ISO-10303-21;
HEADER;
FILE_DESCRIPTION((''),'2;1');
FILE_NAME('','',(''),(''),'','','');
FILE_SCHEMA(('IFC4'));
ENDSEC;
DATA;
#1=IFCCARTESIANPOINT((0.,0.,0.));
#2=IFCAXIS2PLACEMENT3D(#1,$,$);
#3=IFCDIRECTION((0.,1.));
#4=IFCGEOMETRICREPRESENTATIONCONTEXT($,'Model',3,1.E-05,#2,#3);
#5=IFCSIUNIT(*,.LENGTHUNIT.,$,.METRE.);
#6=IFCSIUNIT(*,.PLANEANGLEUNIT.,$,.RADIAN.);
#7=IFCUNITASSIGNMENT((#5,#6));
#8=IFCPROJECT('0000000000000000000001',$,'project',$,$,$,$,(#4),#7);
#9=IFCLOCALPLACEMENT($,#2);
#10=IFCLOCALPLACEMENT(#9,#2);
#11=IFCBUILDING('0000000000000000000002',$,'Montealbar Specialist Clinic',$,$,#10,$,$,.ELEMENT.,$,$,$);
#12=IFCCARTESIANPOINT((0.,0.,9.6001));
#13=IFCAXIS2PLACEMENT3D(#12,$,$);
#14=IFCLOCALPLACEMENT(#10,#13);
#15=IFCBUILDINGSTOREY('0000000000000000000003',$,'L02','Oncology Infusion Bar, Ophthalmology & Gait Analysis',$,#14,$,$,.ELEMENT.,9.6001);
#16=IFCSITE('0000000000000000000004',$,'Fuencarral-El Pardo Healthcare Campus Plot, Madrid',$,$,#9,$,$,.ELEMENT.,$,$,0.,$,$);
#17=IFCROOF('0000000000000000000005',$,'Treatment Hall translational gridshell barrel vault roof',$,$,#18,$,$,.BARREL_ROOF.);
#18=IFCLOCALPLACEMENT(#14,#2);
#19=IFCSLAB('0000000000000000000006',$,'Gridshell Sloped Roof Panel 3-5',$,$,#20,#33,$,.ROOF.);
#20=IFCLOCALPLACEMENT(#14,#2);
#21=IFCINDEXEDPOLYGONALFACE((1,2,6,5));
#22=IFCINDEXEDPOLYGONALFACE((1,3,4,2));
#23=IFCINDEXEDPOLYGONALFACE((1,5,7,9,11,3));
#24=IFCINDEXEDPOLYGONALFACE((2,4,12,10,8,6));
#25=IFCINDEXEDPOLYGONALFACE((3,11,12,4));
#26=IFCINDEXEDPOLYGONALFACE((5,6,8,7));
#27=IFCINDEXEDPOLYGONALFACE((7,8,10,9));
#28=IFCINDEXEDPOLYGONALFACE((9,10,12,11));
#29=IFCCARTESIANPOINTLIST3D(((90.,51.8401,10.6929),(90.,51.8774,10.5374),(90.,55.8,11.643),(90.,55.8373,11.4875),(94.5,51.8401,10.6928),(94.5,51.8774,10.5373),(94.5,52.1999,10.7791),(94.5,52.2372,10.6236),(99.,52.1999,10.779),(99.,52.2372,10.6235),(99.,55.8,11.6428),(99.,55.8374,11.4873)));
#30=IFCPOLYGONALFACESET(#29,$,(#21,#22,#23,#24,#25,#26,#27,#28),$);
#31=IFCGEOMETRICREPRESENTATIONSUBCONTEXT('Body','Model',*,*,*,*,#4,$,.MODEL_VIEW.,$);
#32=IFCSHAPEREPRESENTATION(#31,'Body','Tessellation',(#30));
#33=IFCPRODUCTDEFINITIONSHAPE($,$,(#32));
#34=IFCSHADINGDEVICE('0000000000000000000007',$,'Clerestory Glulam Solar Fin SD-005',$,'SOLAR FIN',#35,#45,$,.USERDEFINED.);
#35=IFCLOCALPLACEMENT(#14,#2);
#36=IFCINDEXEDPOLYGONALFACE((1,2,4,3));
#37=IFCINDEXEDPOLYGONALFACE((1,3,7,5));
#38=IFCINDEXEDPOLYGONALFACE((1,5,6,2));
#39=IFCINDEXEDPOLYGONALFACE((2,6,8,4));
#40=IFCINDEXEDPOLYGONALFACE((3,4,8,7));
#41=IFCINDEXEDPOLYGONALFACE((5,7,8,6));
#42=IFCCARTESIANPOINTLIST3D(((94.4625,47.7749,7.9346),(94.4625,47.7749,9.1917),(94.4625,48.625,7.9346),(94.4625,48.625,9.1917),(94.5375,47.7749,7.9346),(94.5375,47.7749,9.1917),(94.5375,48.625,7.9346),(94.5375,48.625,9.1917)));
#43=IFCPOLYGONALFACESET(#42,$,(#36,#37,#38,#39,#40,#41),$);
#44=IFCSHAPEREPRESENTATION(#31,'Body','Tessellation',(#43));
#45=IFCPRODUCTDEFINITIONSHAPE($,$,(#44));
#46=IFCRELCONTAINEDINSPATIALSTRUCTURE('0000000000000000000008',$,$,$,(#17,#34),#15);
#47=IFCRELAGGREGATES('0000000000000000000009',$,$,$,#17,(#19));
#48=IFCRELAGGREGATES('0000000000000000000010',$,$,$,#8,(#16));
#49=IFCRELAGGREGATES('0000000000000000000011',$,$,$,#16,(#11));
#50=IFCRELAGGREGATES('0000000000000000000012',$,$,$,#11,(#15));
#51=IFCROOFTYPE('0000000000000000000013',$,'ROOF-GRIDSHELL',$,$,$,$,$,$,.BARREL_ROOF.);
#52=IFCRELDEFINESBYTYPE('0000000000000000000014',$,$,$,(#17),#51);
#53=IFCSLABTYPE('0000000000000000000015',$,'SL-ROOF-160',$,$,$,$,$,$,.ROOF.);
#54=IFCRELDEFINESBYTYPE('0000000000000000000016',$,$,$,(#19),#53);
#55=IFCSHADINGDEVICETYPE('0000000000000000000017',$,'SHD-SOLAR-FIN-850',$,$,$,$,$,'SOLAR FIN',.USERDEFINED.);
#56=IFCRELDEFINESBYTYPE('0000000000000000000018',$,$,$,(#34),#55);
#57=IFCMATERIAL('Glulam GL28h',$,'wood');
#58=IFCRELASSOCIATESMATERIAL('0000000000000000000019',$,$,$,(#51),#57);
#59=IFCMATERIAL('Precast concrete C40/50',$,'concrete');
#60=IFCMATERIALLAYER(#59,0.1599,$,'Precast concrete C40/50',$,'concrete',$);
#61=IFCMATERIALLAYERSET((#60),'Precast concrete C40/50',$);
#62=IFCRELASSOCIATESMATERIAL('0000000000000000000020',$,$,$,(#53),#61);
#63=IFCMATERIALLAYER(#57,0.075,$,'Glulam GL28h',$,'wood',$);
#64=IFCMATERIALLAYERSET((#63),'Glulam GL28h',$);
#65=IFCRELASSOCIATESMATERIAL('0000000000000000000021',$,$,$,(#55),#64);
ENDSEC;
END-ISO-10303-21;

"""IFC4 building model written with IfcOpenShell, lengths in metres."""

from ifc_helpers import new_model, si_unit, direction, frame, origin, origin_2d, place, context, subcontext, project, spatial, polyline, rectangle, outline, extrude, material, layer, layer_set, type_object, element, aggregate, save


model = new_model("IFC4")

# Units and contexts
model_context = context("Model", 3, precision=1e-05, world=origin(), true_north=direction((0.0, 1.0)))
body_context = subcontext(model_context, "Body", "Model", "MODEL_VIEW")
ifc_project = project(units=[si_unit("LENGTHUNIT", "METRE"), si_unit("PLANEANGLEUNIT", "RADIAN")], contexts=[model_context])

# Site, building, storey
site_placement = place(None, origin())
site = spatial("IfcSite", under=ifc_project, at=site_placement, Name="Fuencarral-El Pardo Healthcare Campus Plot, Madrid", CompositionType="ELEMENT", RefElevation=0.0)
building_placement = place(site_placement, origin())
building = spatial("IfcBuilding", under=site, at=building_placement, Name="Montealbar Specialist Clinic", CompositionType="ELEMENT")
storey_placement = place(building_placement, frame((0.0, 0.0, 9.6001)))
storey = spatial("IfcBuildingStorey", under=building, at=storey_placement, Name="L02", Description="Oncology Infusion Bar, Ophthalmology & Gait Analysis", CompositionType="ELEMENT", Elevation=9.6001)

# Shared definitions
ifc_material_1 = material(Name="Glulam GL28h", Category="wood")

# Roof, slab
roof_type = type_object("IfcRoofType", Name="ROOF-GRIDSHELL", PredefinedType="BARREL_ROOF", material=ifc_material_1)
roof_placement = place(storey_placement, origin())
roof = element("IfcRoof", 1, at=roof_placement, inside=storey, type_object=roof_type, Name="Treatment Hall translational gridshell barrel vault roof", PredefinedType="BARREL_ROOF")
ifc_material_2 = material(Name="Precast concrete C40/50", Category="concrete")
ifc_layer_1 = layer(ifc_material_2, 0.1599, Name="Precast concrete C40/50", Category="concrete")
ifc_layer_set_1 = layer_set([ifc_layer_1], Name="Precast concrete C40/50")
slab_type = type_object("IfcSlabType", Name="SL-ROOF-160", PredefinedType="ROOF", material=ifc_layer_set_1)
slab_placement = place(storey_placement, frame((90.0, 51.8401, 10.6929), z_axis=(0.000022, -0.233318, 0.9724), x_axis=(1.0, 0.000005, -0.000021)))
slab = element("IfcSlab", 2, at=slab_placement, type_object=slab_type, Name="Gridshell Sloped Roof Panel 3-5", PredefinedType="ROOF", context=body_context, shape_type="SweptSolid", body=[
    extrude(outline(polyline([(0.0, 0.0), (4.5, 0.0), (4.5, 0.37), (9.0, 0.37), (9.0, 4.0723), (0.0, 4.0723), (0.0, 0.0)])), origin(), (0.0, 0.0, -1.0), 0.1599),
])
aggregate(roof, [slab])

# Shading device
ifc_layer_2 = layer(ifc_material_1, 0.075, Name="Glulam GL28h", Category="wood")
ifc_layer_set_2 = layer_set([ifc_layer_2], Name="Glulam GL28h")
shading_device_type = type_object("IfcShadingDeviceType", Name="SHD-SOLAR-FIN-850", ElementType="SOLAR FIN", PredefinedType="USERDEFINED", material=ifc_layer_set_2)
shading_device_placement = place(storey_placement, frame((94.5, 48.2, 7.9346), z_axis=(0.0, 0.0, 1.0), x_axis=(0.0, -1.0, 0.0)))
element("IfcShadingDevice", 3, at=shading_device_placement, inside=storey, type_object=shading_device_type, Name="Clerestory Glulam Solar Fin SD-005", ObjectType="SOLAR FIN", PredefinedType="USERDEFINED", context=body_context, shape_type="SweptSolid", body=[
    extrude(rectangle(XDim=0.8501, YDim=0.075, at=origin_2d()), origin(), (0.0, 0.0, 1.0), 1.2571),
])

save(model, "model.ifc")
